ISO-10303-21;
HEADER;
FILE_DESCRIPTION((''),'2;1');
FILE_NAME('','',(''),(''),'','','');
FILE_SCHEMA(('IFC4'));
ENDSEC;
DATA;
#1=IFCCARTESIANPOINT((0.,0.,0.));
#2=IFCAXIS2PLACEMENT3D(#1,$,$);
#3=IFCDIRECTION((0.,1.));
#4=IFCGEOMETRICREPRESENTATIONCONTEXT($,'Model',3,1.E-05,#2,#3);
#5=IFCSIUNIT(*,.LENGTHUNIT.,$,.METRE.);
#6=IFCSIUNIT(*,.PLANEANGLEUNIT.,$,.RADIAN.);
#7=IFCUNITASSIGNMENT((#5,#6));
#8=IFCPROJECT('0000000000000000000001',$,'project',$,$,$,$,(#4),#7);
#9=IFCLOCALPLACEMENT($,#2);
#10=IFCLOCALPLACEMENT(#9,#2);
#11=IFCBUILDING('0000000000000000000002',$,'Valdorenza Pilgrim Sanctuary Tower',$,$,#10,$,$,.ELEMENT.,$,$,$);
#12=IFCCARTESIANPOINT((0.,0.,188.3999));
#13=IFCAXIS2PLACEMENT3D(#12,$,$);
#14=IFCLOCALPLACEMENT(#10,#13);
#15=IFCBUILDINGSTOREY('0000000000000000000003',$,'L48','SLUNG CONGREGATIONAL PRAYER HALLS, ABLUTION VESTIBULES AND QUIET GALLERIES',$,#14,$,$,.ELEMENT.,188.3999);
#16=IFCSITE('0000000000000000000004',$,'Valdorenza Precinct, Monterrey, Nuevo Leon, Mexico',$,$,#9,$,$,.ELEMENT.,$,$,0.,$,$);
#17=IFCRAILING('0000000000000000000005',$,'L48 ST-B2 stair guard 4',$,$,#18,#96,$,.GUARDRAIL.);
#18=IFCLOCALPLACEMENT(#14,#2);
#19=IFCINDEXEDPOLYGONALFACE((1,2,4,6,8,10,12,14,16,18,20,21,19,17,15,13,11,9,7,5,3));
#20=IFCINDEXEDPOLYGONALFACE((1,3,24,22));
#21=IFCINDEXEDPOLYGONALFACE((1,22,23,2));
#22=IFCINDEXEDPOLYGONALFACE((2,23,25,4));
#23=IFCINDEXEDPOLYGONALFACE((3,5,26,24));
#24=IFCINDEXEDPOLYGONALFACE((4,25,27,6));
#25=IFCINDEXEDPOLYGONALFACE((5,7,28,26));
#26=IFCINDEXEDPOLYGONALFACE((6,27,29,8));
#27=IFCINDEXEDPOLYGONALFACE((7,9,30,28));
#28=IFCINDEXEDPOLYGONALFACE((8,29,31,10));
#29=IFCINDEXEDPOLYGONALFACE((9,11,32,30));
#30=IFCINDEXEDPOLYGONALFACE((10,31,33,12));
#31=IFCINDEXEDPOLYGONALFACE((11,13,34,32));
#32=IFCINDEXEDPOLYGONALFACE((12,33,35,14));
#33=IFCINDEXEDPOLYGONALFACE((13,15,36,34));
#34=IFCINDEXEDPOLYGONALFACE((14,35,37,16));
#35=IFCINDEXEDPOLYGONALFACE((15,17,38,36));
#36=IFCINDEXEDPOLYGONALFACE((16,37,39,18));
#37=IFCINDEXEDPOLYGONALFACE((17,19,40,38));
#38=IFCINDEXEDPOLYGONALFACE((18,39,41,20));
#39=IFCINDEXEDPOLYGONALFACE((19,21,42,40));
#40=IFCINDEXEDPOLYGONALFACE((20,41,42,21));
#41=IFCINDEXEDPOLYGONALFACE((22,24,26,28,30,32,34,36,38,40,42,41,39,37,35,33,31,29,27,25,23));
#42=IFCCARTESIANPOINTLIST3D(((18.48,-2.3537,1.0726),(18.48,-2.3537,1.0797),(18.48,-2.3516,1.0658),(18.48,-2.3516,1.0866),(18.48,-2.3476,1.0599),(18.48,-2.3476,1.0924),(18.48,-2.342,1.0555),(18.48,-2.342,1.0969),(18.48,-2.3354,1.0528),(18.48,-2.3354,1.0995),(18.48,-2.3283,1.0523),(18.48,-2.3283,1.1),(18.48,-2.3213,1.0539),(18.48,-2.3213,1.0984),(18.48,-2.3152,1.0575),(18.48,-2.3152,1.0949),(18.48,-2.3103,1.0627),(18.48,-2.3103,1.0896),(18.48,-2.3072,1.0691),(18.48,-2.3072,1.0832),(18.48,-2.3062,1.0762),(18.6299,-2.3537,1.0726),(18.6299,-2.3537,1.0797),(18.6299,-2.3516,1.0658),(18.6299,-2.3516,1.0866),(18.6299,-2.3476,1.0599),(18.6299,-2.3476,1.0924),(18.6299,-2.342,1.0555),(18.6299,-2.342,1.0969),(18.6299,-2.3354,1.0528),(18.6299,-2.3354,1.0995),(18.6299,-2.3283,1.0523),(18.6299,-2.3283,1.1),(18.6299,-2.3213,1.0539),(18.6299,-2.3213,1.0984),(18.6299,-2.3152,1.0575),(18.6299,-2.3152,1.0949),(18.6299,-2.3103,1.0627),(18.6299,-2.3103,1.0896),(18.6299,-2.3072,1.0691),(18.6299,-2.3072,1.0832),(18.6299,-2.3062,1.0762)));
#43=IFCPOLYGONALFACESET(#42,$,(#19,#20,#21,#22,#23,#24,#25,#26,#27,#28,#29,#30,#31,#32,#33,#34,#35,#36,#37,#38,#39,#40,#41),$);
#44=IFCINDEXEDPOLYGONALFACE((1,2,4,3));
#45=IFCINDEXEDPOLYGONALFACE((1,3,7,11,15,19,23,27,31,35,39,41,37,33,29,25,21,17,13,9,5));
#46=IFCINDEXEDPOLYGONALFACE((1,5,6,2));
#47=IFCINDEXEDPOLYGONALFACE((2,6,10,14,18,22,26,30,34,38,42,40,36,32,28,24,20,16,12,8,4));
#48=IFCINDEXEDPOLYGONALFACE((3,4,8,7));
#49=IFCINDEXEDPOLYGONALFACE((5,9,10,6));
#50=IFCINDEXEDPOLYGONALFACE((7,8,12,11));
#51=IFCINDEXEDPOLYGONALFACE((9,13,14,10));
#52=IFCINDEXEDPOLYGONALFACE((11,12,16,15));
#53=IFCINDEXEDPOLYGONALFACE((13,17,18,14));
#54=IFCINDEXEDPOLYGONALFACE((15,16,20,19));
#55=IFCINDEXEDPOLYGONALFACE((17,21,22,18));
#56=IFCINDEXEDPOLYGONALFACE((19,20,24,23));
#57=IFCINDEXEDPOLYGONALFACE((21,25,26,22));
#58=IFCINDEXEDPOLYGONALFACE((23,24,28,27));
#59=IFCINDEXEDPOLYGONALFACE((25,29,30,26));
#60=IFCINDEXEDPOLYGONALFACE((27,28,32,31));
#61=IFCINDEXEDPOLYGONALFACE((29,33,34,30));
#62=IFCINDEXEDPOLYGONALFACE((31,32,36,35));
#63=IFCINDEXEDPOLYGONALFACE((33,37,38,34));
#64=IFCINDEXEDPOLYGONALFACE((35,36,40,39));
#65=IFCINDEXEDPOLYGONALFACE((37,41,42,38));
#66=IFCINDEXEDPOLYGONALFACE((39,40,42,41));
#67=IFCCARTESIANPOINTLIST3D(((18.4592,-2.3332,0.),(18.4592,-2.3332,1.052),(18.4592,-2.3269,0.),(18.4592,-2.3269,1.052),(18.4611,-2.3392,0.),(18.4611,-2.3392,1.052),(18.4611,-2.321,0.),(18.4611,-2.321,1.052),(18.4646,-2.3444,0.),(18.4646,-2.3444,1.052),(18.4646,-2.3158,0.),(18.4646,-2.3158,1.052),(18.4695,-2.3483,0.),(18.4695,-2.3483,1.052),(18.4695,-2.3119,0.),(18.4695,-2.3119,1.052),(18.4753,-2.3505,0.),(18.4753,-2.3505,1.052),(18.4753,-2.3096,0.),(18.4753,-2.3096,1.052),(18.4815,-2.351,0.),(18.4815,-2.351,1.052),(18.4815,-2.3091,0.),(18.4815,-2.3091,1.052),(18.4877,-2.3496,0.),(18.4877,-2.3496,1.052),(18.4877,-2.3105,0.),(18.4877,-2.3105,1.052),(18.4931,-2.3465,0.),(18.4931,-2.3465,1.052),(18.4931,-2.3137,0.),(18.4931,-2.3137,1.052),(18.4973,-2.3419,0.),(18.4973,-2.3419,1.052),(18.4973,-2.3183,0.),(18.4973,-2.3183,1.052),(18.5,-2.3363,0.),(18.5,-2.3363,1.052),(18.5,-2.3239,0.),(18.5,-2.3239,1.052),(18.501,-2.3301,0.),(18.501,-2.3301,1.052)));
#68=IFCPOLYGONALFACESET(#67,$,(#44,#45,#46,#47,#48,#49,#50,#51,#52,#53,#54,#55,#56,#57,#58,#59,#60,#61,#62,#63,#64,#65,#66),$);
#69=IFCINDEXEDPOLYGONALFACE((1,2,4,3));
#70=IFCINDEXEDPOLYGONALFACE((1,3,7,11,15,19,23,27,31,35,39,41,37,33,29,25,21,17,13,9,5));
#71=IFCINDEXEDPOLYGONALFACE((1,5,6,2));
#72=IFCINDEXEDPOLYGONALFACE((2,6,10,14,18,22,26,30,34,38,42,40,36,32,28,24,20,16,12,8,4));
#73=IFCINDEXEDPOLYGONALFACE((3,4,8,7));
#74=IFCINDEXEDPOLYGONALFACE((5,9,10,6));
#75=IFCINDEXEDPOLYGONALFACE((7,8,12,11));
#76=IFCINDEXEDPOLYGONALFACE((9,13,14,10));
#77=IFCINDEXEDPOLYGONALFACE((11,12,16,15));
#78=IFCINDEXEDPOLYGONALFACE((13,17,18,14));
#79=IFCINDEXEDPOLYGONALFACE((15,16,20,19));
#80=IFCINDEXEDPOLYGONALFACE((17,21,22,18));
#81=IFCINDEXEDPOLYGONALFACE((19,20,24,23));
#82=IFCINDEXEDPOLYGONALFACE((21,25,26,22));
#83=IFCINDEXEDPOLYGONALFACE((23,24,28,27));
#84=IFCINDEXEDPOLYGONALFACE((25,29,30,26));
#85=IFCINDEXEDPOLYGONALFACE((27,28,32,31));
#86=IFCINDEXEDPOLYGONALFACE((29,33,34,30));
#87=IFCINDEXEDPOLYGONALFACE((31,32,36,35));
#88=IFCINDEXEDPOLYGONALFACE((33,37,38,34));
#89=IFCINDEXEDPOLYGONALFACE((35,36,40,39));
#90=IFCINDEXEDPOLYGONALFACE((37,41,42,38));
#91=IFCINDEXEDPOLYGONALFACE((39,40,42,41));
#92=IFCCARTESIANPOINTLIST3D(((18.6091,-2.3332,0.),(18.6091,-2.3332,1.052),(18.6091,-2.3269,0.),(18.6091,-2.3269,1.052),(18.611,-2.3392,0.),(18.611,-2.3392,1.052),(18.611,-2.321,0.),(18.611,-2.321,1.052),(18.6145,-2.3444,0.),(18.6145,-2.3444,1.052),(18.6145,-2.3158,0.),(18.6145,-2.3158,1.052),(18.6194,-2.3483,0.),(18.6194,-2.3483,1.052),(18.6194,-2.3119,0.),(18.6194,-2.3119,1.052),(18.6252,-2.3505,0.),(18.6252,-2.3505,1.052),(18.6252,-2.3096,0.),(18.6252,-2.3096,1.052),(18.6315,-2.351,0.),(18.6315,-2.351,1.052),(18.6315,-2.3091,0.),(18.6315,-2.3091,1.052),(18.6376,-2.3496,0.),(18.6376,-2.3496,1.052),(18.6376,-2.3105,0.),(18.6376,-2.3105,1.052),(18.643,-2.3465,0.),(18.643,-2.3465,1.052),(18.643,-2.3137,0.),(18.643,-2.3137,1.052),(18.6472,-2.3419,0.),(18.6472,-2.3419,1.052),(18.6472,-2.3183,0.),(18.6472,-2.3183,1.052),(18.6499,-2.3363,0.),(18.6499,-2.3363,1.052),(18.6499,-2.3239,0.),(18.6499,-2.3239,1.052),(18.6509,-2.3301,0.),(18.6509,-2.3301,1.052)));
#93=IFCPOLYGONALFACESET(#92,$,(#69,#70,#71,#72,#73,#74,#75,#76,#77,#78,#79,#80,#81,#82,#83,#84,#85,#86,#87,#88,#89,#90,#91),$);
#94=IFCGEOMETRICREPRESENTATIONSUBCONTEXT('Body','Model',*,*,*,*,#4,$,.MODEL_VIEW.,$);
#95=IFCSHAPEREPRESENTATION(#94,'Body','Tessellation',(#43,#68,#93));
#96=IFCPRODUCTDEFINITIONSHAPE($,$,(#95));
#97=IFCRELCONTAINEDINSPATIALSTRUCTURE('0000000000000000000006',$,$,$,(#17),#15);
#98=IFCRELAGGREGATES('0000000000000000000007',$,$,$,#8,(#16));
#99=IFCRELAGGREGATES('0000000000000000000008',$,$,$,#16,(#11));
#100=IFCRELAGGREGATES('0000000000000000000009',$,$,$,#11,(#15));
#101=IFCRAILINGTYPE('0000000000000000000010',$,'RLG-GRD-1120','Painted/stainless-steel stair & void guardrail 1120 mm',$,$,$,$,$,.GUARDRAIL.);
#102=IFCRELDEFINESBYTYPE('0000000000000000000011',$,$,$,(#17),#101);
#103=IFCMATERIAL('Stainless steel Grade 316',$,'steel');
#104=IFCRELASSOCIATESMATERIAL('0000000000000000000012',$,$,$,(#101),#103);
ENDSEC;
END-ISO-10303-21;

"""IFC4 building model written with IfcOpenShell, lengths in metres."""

from ifc_helpers import new_model, si_unit, direction, frame, origin, origin_2d, place, context, subcontext, project, spatial, circle, extrude, material, type_object, element, save


model = new_model("IFC4")

# Units and contexts
model_context = context("Model", 3, precision=1e-05, world=origin(), true_north=direction((0.0, 1.0)))
body_context = subcontext(model_context, "Body", "Model", "MODEL_VIEW")
ifc_project = project(units=[si_unit("LENGTHUNIT", "METRE"), si_unit("PLANEANGLEUNIT", "RADIAN")], contexts=[model_context])

# Site, building, storey
site_placement = place(None, origin())
site = spatial("IfcSite", under=ifc_project, at=site_placement, Name="Valdorenza Precinct, Monterrey, Nuevo Leon, Mexico", CompositionType="ELEMENT", RefElevation=0.0)
building_placement = place(site_placement, origin())
building = spatial("IfcBuilding", under=site, at=building_placement, Name="Valdorenza Pilgrim Sanctuary Tower", CompositionType="ELEMENT")
storey_placement = place(building_placement, frame((0.0, 0.0, 188.3999)))
storey = spatial("IfcBuildingStorey", under=building, at=storey_placement, Name="L48", Description="SLUNG CONGREGATIONAL PRAYER HALLS, ABLUTION VESTIBULES AND QUIET GALLERIES", CompositionType="ELEMENT", Elevation=188.3999)

# Railing
ifc_material_1 = material(Name="Stainless steel Grade 316", Category="steel")
railing_type_1 = type_object("IfcRailingType", Name="RLG-GRD-1120", Description="Painted/stainless-steel stair & void guardrail 1120 mm", PredefinedType="GUARDRAIL", material=ifc_material_1)
railing_1_placement = place(storey_placement, frame((18.48, -2.3301, 0.0)))
element("IfcRailing", 1, at=railing_1_placement, inside=storey, type_object=railing_type_1, Name="L48 ST-B2 stair guard 4", PredefinedType="GUARDRAIL", context=body_context, shape_type="SweptSolid", body=[
    extrude(circle(Radius=0.0239, at=origin_2d()), frame((0.0, 0.0, 1.0762), z_axis=(1.0, 0.0, 0.0), x_axis=(0.0, 1.0, 0.0)), (0.0, 0.0, 1.0), 0.1499),
    extrude(circle(Radius=0.021, at=origin_2d()), origin(), (0.0, 0.0, 1.0), 1.052),
    extrude(circle(Radius=0.021, at=origin_2d()), frame((0.1499, 0.0, 0.0)), (0.0, 0.0, 1.0), 1.052),
])

save(model, "model.ifc")
